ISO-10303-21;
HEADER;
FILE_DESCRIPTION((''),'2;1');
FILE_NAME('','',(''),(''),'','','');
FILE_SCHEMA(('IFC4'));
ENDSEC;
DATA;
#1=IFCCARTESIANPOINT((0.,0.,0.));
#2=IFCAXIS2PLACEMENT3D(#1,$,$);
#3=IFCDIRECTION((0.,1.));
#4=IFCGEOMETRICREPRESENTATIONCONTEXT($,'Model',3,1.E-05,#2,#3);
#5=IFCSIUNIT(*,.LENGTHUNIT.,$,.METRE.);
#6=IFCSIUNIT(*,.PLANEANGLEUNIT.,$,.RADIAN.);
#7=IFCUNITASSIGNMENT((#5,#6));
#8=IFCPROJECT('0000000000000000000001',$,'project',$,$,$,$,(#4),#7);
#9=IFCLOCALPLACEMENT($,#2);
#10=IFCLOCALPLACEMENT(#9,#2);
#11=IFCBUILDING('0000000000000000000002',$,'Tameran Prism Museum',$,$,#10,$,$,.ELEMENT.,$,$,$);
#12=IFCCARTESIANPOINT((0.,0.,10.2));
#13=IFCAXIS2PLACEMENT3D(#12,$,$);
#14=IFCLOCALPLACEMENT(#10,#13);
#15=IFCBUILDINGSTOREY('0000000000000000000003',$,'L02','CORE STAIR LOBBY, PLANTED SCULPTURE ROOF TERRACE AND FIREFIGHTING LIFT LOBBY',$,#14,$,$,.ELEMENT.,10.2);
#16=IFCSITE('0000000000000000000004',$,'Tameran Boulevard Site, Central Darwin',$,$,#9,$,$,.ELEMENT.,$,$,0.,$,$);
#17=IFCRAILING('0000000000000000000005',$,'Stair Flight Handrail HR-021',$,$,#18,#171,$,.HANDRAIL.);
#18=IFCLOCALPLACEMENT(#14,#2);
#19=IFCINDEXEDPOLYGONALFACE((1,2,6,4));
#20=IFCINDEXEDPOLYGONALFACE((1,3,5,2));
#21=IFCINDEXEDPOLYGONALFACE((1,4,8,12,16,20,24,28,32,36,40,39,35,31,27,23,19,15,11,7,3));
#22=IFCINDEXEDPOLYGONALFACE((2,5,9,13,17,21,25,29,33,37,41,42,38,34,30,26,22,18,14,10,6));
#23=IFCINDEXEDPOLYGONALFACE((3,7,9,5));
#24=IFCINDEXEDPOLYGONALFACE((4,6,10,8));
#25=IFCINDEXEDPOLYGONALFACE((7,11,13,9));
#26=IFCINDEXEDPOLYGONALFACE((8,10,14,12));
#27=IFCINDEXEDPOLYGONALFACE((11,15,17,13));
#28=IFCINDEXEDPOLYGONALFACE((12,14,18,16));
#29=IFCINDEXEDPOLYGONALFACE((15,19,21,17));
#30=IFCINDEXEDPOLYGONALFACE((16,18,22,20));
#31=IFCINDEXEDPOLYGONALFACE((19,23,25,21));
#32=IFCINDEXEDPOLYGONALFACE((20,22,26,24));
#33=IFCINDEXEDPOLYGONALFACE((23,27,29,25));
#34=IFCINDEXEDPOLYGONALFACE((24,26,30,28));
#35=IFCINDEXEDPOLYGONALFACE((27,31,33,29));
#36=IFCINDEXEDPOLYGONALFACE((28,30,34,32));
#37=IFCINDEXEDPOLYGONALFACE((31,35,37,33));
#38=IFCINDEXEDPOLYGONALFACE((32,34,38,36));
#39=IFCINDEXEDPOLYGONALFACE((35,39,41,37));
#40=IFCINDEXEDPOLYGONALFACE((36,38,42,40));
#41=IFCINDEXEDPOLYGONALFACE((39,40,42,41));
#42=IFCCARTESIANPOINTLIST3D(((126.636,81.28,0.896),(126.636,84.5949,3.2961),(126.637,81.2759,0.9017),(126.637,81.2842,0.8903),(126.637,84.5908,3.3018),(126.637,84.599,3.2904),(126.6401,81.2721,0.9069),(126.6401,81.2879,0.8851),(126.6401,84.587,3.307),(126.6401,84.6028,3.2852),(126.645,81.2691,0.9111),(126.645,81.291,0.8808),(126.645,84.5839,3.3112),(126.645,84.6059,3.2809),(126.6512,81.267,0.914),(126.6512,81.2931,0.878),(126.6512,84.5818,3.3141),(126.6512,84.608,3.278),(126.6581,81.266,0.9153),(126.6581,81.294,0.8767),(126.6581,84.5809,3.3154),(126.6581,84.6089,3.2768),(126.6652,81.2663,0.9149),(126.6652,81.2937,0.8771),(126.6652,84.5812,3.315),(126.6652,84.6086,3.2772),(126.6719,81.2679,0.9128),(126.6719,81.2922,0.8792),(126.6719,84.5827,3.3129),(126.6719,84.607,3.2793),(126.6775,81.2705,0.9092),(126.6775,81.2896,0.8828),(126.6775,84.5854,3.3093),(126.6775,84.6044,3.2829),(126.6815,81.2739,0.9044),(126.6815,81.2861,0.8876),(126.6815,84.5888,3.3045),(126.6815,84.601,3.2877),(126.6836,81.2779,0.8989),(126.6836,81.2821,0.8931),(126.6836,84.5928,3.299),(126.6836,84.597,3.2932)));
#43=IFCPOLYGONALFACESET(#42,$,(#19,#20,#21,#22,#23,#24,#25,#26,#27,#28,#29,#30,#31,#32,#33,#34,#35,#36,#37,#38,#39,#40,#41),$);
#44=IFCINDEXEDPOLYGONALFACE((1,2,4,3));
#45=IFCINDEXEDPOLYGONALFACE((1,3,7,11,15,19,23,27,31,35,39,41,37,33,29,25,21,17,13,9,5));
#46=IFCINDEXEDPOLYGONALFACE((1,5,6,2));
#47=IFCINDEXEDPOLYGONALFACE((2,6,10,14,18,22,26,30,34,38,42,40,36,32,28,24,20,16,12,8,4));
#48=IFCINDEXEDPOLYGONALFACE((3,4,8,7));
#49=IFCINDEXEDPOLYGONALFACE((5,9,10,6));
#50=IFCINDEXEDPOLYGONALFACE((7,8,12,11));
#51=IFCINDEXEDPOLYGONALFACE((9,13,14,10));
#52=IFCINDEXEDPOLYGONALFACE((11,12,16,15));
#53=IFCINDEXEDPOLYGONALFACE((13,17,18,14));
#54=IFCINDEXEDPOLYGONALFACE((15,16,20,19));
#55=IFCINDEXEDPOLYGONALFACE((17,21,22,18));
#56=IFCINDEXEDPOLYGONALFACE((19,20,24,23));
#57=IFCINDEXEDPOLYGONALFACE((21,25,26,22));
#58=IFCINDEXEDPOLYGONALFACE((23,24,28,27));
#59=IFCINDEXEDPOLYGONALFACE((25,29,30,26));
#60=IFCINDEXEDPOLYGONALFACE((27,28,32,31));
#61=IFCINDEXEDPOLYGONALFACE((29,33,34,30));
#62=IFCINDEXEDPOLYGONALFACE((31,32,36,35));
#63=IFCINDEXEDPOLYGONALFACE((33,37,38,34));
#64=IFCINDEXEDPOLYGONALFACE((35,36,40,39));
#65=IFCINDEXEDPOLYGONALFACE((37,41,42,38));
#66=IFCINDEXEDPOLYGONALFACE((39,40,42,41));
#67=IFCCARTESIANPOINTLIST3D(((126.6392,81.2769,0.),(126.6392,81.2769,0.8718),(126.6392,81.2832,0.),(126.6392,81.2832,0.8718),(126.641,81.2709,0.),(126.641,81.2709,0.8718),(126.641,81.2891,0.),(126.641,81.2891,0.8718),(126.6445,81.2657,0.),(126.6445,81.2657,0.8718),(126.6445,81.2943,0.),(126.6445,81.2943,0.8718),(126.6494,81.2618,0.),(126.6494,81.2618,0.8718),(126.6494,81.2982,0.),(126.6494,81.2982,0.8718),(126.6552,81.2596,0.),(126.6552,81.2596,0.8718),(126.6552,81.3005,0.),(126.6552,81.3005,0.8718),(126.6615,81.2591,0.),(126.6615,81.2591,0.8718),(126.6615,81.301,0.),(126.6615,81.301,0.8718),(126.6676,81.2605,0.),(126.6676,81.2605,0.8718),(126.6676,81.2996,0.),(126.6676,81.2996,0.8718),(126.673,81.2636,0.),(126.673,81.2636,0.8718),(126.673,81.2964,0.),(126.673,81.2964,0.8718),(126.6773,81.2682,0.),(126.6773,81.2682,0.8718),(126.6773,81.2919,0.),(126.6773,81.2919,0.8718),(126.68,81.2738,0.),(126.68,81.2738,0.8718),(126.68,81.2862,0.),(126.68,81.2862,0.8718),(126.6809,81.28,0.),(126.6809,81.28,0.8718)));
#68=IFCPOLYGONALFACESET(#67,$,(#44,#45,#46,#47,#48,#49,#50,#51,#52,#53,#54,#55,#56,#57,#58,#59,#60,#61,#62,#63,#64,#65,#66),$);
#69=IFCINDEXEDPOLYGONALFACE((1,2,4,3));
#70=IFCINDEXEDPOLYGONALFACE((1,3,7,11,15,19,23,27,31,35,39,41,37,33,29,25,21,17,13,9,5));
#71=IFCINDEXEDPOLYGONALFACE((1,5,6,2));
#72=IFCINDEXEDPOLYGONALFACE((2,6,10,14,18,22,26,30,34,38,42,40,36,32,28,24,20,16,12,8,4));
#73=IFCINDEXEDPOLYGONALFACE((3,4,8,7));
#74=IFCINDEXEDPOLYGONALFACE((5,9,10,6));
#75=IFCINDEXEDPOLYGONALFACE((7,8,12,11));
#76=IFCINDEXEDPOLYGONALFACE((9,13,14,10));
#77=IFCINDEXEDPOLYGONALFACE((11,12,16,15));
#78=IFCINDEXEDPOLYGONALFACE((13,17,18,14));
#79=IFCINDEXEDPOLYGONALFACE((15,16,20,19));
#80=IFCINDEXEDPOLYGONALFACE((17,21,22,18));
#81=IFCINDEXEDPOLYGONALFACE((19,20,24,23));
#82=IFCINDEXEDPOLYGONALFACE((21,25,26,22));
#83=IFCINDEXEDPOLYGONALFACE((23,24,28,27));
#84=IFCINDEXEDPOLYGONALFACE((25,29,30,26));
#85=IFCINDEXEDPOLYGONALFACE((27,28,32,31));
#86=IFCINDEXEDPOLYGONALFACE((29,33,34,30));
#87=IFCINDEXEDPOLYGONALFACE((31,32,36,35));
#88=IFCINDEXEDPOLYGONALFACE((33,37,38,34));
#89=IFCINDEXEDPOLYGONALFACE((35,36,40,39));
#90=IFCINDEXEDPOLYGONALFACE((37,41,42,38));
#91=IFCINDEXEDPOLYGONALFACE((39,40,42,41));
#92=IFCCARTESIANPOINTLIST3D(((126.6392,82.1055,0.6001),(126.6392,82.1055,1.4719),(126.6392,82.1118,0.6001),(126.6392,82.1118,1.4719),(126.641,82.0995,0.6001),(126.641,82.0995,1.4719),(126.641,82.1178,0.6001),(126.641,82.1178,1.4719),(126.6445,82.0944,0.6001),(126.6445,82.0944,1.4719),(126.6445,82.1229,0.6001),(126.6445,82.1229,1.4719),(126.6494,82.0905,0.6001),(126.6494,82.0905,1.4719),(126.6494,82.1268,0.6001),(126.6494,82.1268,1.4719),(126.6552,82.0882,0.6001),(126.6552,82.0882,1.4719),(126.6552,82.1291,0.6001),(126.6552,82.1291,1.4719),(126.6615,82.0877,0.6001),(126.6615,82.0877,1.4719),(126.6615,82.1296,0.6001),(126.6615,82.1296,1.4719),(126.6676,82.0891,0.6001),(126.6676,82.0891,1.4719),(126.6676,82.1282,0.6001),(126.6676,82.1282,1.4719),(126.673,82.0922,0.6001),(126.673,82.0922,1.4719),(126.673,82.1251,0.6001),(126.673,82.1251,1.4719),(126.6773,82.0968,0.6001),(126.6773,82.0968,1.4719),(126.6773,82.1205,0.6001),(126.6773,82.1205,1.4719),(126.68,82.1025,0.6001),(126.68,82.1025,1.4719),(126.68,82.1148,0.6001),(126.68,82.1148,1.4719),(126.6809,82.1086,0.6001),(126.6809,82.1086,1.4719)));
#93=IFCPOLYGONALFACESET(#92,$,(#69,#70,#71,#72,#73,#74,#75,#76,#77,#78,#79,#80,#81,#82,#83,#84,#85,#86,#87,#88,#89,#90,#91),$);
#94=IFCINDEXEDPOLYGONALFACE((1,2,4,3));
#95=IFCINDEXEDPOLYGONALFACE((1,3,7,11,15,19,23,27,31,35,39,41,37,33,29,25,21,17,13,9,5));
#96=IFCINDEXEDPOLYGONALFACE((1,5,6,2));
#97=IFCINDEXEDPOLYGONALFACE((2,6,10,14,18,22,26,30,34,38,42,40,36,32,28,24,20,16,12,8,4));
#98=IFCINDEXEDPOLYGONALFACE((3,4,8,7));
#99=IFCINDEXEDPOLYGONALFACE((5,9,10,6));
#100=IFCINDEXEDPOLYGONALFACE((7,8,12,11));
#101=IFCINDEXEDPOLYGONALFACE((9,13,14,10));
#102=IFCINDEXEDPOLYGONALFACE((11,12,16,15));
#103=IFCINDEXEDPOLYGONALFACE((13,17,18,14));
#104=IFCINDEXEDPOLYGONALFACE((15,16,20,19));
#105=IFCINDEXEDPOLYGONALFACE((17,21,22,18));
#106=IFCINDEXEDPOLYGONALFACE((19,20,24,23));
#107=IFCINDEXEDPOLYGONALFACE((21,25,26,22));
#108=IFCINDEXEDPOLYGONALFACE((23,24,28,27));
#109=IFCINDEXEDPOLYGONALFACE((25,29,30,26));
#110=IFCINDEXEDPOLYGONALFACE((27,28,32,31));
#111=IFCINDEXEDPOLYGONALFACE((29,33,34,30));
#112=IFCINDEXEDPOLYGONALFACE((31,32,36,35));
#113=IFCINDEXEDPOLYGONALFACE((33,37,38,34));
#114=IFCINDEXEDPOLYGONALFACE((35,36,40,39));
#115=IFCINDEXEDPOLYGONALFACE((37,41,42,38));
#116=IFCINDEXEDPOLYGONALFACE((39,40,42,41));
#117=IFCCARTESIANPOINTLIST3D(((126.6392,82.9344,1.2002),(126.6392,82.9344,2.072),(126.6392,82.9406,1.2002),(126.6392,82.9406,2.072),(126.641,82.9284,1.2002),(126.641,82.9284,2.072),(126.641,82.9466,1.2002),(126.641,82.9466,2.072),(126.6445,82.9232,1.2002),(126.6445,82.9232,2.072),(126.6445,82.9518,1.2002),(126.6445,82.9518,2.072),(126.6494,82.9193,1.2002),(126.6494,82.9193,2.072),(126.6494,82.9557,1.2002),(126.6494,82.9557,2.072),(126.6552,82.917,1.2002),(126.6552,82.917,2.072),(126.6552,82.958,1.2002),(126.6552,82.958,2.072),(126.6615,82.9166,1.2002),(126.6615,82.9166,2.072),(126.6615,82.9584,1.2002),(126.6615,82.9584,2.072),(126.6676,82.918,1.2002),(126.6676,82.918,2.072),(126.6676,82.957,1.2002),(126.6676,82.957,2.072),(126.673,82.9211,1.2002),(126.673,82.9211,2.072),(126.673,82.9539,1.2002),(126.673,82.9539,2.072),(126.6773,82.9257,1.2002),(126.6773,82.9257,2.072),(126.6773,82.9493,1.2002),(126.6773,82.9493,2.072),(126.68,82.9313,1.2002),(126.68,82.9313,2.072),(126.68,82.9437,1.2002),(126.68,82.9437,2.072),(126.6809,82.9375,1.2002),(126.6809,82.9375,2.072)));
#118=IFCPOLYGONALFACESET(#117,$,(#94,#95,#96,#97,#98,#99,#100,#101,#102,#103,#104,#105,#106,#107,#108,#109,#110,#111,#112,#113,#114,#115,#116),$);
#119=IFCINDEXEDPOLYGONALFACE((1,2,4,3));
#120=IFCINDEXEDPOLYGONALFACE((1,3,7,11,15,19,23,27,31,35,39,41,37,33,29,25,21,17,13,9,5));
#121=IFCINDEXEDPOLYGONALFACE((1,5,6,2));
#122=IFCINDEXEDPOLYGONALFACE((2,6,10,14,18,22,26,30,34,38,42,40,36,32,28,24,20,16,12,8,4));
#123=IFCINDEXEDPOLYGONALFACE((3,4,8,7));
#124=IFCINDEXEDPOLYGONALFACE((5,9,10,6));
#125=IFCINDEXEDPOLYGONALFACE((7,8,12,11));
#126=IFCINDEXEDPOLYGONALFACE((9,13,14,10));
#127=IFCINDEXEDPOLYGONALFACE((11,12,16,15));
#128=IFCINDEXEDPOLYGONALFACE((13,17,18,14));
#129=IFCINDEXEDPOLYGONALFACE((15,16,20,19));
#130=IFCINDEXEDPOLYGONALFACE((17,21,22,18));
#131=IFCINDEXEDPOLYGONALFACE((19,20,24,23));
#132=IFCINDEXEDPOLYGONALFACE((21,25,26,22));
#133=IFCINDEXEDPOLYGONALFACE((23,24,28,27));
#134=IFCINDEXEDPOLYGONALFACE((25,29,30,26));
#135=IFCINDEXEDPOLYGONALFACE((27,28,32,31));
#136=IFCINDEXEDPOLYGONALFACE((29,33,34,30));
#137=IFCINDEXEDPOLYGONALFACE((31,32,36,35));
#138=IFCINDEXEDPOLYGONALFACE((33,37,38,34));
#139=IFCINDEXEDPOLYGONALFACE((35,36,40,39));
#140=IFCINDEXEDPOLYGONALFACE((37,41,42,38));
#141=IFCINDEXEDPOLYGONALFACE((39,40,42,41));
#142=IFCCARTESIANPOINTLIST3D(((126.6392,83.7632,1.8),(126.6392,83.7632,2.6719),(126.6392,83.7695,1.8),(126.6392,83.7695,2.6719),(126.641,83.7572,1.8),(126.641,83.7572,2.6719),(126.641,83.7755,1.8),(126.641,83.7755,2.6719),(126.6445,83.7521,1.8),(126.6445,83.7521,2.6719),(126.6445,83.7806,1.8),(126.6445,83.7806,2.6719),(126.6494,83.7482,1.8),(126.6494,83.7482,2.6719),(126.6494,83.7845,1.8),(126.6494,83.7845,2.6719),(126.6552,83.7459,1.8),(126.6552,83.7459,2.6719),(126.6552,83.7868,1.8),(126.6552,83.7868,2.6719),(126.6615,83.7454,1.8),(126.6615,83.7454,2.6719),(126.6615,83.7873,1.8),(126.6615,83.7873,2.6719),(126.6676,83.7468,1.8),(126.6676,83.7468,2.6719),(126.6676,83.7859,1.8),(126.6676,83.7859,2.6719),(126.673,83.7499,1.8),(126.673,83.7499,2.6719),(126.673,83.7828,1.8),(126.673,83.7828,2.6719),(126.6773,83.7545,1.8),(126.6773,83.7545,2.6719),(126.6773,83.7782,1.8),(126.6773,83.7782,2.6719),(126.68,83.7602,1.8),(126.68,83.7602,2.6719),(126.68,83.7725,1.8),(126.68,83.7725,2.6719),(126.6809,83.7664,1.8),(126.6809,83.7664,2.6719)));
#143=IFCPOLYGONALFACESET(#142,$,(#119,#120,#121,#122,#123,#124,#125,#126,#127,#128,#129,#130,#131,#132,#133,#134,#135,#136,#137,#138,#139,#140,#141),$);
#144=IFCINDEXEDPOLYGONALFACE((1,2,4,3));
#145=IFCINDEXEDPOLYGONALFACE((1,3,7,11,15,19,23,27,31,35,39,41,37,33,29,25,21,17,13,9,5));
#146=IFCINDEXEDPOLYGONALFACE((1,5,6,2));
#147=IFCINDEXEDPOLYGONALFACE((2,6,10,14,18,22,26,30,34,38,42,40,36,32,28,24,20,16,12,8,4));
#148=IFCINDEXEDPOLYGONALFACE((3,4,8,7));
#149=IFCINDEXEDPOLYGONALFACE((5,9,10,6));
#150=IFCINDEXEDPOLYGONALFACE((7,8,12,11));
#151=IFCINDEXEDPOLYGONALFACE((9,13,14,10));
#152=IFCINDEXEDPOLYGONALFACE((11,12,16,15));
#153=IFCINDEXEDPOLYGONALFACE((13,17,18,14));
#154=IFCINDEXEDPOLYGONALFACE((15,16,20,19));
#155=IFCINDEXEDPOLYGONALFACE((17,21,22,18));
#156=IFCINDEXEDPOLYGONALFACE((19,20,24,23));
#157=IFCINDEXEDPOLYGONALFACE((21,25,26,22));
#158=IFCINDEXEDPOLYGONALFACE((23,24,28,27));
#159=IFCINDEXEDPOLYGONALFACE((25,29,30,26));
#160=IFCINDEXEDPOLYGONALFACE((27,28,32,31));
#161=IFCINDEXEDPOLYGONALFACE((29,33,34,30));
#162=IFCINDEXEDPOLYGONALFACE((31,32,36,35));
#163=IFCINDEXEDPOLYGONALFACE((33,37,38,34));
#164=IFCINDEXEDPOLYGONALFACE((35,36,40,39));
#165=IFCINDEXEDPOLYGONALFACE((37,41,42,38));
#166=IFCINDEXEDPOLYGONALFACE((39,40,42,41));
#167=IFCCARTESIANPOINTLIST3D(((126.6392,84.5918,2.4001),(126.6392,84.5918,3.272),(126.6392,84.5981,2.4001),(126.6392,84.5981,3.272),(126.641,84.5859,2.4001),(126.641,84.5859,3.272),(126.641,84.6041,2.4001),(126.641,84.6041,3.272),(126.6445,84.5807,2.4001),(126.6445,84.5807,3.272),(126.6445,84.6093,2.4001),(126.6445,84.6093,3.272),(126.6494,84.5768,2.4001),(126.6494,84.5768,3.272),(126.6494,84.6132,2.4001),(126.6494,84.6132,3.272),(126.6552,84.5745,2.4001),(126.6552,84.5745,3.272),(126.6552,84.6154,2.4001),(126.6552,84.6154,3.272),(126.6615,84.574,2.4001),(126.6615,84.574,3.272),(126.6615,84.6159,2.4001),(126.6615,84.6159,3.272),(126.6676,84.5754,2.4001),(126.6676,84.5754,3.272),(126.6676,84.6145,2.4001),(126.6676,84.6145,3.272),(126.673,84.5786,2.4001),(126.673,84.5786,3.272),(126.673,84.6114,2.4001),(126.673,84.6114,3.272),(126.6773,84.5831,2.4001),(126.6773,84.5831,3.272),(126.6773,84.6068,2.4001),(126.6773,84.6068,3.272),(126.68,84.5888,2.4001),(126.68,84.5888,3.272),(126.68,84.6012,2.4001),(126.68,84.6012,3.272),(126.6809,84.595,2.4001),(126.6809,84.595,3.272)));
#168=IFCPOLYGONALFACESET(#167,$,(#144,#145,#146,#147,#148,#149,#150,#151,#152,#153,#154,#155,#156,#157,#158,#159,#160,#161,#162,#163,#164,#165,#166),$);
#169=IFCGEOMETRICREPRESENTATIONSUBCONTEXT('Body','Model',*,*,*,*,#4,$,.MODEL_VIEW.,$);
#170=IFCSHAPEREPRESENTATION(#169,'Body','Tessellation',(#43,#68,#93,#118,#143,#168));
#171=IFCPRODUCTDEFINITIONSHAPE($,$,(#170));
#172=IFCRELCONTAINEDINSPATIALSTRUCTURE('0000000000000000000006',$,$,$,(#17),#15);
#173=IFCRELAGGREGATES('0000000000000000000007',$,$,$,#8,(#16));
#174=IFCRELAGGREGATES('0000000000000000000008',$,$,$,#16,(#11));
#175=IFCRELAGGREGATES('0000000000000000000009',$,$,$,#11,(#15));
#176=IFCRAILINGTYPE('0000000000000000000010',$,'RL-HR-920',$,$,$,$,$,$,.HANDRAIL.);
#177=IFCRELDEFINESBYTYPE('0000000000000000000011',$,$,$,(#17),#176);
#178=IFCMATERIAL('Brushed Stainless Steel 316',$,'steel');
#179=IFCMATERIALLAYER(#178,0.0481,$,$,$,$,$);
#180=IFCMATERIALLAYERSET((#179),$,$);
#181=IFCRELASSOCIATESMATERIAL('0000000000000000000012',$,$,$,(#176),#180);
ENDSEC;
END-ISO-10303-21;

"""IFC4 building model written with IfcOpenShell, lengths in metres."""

from ifc_helpers import new_model, si_unit, direction, frame, origin, origin_2d, place, context, subcontext, project, spatial, circle, extrude, material, layer, layer_set, type_object, element, save


model = new_model("IFC4")

# Units and contexts
model_context = context("Model", 3, precision=1e-05, world=origin(), true_north=direction((0.0, 1.0)))
body_context = subcontext(model_context, "Body", "Model", "MODEL_VIEW")
ifc_project = project(units=[si_unit("LENGTHUNIT", "METRE"), si_unit("PLANEANGLEUNIT", "RADIAN")], contexts=[model_context])

# Site, building, storey
site_placement = place(None, origin())
site = spatial("IfcSite", under=ifc_project, at=site_placement, Name="Tameran Boulevard Site, Central Darwin", CompositionType="ELEMENT", RefElevation=0.0)
building_placement = place(site_placement, origin())
building = spatial("IfcBuilding", under=site, at=building_placement, Name="Tameran Prism Museum", CompositionType="ELEMENT")
storey_placement = place(building_placement, frame((0.0, 0.0, 10.2)))
storey = spatial("IfcBuildingStorey", under=building, at=storey_placement, Name="L02", Description="CORE STAIR LOBBY, PLANTED SCULPTURE ROOF TERRACE AND FIREFIGHTING LIFT LOBBY", CompositionType="ELEMENT", Elevation=10.2)

# Railing
ifc_material_1 = material(Name="Brushed Stainless Steel 316", Category="steel")
ifc_layer_1 = layer(ifc_material_1, 0.0481)
ifc_layer_set_1 = layer_set([ifc_layer_1])
railing_type_1 = type_object("IfcRailingType", Name="RL-HR-920", PredefinedType="HANDRAIL", material=ifc_layer_set_1)
railing_1_placement = place(storey_placement, frame((126.6599, 81.28, 0.0)))
element("IfcRailing", 1, at=railing_1_placement, inside=storey, type_object=railing_type_1, Name="Stair Flight Handrail HR-021", PredefinedType="HANDRAIL", context=body_context, shape_type="SweptSolid", body=[
    extrude(circle(Radius=0.0239, at=origin_2d()), frame((0.0, 0.0, 0.896), z_axis=(0.0, 0.80998, 0.586457), x_axis=(-1.0, 0.0, 0.0)), (0.0, 0.0, 1.0), 4.0925),
    extrude(circle(Radius=0.021, at=origin_2d()), origin(), (0.0, 0.0, 1.0), 0.8718),
    extrude(circle(Radius=0.021, at=origin_2d()), frame((0.0, 0.8286, 0.6001)), (0.0, 0.0, 1.0), 0.8718),
    extrude(circle(Radius=0.021, at=origin_2d()), frame((0.0, 1.6575, 1.2002)), (0.0, 0.0, 1.0), 0.8718),
    extrude(circle(Radius=0.021, at=origin_2d()), frame((0.0, 2.4863, 1.8)), (0.0, 0.0, 1.0), 0.8718),
    extrude(circle(Radius=0.021, at=origin_2d()), frame((0.0, 3.3149, 2.4001)), (0.0, 0.0, 1.0), 0.8718),
])

save(model, "model.ifc")
